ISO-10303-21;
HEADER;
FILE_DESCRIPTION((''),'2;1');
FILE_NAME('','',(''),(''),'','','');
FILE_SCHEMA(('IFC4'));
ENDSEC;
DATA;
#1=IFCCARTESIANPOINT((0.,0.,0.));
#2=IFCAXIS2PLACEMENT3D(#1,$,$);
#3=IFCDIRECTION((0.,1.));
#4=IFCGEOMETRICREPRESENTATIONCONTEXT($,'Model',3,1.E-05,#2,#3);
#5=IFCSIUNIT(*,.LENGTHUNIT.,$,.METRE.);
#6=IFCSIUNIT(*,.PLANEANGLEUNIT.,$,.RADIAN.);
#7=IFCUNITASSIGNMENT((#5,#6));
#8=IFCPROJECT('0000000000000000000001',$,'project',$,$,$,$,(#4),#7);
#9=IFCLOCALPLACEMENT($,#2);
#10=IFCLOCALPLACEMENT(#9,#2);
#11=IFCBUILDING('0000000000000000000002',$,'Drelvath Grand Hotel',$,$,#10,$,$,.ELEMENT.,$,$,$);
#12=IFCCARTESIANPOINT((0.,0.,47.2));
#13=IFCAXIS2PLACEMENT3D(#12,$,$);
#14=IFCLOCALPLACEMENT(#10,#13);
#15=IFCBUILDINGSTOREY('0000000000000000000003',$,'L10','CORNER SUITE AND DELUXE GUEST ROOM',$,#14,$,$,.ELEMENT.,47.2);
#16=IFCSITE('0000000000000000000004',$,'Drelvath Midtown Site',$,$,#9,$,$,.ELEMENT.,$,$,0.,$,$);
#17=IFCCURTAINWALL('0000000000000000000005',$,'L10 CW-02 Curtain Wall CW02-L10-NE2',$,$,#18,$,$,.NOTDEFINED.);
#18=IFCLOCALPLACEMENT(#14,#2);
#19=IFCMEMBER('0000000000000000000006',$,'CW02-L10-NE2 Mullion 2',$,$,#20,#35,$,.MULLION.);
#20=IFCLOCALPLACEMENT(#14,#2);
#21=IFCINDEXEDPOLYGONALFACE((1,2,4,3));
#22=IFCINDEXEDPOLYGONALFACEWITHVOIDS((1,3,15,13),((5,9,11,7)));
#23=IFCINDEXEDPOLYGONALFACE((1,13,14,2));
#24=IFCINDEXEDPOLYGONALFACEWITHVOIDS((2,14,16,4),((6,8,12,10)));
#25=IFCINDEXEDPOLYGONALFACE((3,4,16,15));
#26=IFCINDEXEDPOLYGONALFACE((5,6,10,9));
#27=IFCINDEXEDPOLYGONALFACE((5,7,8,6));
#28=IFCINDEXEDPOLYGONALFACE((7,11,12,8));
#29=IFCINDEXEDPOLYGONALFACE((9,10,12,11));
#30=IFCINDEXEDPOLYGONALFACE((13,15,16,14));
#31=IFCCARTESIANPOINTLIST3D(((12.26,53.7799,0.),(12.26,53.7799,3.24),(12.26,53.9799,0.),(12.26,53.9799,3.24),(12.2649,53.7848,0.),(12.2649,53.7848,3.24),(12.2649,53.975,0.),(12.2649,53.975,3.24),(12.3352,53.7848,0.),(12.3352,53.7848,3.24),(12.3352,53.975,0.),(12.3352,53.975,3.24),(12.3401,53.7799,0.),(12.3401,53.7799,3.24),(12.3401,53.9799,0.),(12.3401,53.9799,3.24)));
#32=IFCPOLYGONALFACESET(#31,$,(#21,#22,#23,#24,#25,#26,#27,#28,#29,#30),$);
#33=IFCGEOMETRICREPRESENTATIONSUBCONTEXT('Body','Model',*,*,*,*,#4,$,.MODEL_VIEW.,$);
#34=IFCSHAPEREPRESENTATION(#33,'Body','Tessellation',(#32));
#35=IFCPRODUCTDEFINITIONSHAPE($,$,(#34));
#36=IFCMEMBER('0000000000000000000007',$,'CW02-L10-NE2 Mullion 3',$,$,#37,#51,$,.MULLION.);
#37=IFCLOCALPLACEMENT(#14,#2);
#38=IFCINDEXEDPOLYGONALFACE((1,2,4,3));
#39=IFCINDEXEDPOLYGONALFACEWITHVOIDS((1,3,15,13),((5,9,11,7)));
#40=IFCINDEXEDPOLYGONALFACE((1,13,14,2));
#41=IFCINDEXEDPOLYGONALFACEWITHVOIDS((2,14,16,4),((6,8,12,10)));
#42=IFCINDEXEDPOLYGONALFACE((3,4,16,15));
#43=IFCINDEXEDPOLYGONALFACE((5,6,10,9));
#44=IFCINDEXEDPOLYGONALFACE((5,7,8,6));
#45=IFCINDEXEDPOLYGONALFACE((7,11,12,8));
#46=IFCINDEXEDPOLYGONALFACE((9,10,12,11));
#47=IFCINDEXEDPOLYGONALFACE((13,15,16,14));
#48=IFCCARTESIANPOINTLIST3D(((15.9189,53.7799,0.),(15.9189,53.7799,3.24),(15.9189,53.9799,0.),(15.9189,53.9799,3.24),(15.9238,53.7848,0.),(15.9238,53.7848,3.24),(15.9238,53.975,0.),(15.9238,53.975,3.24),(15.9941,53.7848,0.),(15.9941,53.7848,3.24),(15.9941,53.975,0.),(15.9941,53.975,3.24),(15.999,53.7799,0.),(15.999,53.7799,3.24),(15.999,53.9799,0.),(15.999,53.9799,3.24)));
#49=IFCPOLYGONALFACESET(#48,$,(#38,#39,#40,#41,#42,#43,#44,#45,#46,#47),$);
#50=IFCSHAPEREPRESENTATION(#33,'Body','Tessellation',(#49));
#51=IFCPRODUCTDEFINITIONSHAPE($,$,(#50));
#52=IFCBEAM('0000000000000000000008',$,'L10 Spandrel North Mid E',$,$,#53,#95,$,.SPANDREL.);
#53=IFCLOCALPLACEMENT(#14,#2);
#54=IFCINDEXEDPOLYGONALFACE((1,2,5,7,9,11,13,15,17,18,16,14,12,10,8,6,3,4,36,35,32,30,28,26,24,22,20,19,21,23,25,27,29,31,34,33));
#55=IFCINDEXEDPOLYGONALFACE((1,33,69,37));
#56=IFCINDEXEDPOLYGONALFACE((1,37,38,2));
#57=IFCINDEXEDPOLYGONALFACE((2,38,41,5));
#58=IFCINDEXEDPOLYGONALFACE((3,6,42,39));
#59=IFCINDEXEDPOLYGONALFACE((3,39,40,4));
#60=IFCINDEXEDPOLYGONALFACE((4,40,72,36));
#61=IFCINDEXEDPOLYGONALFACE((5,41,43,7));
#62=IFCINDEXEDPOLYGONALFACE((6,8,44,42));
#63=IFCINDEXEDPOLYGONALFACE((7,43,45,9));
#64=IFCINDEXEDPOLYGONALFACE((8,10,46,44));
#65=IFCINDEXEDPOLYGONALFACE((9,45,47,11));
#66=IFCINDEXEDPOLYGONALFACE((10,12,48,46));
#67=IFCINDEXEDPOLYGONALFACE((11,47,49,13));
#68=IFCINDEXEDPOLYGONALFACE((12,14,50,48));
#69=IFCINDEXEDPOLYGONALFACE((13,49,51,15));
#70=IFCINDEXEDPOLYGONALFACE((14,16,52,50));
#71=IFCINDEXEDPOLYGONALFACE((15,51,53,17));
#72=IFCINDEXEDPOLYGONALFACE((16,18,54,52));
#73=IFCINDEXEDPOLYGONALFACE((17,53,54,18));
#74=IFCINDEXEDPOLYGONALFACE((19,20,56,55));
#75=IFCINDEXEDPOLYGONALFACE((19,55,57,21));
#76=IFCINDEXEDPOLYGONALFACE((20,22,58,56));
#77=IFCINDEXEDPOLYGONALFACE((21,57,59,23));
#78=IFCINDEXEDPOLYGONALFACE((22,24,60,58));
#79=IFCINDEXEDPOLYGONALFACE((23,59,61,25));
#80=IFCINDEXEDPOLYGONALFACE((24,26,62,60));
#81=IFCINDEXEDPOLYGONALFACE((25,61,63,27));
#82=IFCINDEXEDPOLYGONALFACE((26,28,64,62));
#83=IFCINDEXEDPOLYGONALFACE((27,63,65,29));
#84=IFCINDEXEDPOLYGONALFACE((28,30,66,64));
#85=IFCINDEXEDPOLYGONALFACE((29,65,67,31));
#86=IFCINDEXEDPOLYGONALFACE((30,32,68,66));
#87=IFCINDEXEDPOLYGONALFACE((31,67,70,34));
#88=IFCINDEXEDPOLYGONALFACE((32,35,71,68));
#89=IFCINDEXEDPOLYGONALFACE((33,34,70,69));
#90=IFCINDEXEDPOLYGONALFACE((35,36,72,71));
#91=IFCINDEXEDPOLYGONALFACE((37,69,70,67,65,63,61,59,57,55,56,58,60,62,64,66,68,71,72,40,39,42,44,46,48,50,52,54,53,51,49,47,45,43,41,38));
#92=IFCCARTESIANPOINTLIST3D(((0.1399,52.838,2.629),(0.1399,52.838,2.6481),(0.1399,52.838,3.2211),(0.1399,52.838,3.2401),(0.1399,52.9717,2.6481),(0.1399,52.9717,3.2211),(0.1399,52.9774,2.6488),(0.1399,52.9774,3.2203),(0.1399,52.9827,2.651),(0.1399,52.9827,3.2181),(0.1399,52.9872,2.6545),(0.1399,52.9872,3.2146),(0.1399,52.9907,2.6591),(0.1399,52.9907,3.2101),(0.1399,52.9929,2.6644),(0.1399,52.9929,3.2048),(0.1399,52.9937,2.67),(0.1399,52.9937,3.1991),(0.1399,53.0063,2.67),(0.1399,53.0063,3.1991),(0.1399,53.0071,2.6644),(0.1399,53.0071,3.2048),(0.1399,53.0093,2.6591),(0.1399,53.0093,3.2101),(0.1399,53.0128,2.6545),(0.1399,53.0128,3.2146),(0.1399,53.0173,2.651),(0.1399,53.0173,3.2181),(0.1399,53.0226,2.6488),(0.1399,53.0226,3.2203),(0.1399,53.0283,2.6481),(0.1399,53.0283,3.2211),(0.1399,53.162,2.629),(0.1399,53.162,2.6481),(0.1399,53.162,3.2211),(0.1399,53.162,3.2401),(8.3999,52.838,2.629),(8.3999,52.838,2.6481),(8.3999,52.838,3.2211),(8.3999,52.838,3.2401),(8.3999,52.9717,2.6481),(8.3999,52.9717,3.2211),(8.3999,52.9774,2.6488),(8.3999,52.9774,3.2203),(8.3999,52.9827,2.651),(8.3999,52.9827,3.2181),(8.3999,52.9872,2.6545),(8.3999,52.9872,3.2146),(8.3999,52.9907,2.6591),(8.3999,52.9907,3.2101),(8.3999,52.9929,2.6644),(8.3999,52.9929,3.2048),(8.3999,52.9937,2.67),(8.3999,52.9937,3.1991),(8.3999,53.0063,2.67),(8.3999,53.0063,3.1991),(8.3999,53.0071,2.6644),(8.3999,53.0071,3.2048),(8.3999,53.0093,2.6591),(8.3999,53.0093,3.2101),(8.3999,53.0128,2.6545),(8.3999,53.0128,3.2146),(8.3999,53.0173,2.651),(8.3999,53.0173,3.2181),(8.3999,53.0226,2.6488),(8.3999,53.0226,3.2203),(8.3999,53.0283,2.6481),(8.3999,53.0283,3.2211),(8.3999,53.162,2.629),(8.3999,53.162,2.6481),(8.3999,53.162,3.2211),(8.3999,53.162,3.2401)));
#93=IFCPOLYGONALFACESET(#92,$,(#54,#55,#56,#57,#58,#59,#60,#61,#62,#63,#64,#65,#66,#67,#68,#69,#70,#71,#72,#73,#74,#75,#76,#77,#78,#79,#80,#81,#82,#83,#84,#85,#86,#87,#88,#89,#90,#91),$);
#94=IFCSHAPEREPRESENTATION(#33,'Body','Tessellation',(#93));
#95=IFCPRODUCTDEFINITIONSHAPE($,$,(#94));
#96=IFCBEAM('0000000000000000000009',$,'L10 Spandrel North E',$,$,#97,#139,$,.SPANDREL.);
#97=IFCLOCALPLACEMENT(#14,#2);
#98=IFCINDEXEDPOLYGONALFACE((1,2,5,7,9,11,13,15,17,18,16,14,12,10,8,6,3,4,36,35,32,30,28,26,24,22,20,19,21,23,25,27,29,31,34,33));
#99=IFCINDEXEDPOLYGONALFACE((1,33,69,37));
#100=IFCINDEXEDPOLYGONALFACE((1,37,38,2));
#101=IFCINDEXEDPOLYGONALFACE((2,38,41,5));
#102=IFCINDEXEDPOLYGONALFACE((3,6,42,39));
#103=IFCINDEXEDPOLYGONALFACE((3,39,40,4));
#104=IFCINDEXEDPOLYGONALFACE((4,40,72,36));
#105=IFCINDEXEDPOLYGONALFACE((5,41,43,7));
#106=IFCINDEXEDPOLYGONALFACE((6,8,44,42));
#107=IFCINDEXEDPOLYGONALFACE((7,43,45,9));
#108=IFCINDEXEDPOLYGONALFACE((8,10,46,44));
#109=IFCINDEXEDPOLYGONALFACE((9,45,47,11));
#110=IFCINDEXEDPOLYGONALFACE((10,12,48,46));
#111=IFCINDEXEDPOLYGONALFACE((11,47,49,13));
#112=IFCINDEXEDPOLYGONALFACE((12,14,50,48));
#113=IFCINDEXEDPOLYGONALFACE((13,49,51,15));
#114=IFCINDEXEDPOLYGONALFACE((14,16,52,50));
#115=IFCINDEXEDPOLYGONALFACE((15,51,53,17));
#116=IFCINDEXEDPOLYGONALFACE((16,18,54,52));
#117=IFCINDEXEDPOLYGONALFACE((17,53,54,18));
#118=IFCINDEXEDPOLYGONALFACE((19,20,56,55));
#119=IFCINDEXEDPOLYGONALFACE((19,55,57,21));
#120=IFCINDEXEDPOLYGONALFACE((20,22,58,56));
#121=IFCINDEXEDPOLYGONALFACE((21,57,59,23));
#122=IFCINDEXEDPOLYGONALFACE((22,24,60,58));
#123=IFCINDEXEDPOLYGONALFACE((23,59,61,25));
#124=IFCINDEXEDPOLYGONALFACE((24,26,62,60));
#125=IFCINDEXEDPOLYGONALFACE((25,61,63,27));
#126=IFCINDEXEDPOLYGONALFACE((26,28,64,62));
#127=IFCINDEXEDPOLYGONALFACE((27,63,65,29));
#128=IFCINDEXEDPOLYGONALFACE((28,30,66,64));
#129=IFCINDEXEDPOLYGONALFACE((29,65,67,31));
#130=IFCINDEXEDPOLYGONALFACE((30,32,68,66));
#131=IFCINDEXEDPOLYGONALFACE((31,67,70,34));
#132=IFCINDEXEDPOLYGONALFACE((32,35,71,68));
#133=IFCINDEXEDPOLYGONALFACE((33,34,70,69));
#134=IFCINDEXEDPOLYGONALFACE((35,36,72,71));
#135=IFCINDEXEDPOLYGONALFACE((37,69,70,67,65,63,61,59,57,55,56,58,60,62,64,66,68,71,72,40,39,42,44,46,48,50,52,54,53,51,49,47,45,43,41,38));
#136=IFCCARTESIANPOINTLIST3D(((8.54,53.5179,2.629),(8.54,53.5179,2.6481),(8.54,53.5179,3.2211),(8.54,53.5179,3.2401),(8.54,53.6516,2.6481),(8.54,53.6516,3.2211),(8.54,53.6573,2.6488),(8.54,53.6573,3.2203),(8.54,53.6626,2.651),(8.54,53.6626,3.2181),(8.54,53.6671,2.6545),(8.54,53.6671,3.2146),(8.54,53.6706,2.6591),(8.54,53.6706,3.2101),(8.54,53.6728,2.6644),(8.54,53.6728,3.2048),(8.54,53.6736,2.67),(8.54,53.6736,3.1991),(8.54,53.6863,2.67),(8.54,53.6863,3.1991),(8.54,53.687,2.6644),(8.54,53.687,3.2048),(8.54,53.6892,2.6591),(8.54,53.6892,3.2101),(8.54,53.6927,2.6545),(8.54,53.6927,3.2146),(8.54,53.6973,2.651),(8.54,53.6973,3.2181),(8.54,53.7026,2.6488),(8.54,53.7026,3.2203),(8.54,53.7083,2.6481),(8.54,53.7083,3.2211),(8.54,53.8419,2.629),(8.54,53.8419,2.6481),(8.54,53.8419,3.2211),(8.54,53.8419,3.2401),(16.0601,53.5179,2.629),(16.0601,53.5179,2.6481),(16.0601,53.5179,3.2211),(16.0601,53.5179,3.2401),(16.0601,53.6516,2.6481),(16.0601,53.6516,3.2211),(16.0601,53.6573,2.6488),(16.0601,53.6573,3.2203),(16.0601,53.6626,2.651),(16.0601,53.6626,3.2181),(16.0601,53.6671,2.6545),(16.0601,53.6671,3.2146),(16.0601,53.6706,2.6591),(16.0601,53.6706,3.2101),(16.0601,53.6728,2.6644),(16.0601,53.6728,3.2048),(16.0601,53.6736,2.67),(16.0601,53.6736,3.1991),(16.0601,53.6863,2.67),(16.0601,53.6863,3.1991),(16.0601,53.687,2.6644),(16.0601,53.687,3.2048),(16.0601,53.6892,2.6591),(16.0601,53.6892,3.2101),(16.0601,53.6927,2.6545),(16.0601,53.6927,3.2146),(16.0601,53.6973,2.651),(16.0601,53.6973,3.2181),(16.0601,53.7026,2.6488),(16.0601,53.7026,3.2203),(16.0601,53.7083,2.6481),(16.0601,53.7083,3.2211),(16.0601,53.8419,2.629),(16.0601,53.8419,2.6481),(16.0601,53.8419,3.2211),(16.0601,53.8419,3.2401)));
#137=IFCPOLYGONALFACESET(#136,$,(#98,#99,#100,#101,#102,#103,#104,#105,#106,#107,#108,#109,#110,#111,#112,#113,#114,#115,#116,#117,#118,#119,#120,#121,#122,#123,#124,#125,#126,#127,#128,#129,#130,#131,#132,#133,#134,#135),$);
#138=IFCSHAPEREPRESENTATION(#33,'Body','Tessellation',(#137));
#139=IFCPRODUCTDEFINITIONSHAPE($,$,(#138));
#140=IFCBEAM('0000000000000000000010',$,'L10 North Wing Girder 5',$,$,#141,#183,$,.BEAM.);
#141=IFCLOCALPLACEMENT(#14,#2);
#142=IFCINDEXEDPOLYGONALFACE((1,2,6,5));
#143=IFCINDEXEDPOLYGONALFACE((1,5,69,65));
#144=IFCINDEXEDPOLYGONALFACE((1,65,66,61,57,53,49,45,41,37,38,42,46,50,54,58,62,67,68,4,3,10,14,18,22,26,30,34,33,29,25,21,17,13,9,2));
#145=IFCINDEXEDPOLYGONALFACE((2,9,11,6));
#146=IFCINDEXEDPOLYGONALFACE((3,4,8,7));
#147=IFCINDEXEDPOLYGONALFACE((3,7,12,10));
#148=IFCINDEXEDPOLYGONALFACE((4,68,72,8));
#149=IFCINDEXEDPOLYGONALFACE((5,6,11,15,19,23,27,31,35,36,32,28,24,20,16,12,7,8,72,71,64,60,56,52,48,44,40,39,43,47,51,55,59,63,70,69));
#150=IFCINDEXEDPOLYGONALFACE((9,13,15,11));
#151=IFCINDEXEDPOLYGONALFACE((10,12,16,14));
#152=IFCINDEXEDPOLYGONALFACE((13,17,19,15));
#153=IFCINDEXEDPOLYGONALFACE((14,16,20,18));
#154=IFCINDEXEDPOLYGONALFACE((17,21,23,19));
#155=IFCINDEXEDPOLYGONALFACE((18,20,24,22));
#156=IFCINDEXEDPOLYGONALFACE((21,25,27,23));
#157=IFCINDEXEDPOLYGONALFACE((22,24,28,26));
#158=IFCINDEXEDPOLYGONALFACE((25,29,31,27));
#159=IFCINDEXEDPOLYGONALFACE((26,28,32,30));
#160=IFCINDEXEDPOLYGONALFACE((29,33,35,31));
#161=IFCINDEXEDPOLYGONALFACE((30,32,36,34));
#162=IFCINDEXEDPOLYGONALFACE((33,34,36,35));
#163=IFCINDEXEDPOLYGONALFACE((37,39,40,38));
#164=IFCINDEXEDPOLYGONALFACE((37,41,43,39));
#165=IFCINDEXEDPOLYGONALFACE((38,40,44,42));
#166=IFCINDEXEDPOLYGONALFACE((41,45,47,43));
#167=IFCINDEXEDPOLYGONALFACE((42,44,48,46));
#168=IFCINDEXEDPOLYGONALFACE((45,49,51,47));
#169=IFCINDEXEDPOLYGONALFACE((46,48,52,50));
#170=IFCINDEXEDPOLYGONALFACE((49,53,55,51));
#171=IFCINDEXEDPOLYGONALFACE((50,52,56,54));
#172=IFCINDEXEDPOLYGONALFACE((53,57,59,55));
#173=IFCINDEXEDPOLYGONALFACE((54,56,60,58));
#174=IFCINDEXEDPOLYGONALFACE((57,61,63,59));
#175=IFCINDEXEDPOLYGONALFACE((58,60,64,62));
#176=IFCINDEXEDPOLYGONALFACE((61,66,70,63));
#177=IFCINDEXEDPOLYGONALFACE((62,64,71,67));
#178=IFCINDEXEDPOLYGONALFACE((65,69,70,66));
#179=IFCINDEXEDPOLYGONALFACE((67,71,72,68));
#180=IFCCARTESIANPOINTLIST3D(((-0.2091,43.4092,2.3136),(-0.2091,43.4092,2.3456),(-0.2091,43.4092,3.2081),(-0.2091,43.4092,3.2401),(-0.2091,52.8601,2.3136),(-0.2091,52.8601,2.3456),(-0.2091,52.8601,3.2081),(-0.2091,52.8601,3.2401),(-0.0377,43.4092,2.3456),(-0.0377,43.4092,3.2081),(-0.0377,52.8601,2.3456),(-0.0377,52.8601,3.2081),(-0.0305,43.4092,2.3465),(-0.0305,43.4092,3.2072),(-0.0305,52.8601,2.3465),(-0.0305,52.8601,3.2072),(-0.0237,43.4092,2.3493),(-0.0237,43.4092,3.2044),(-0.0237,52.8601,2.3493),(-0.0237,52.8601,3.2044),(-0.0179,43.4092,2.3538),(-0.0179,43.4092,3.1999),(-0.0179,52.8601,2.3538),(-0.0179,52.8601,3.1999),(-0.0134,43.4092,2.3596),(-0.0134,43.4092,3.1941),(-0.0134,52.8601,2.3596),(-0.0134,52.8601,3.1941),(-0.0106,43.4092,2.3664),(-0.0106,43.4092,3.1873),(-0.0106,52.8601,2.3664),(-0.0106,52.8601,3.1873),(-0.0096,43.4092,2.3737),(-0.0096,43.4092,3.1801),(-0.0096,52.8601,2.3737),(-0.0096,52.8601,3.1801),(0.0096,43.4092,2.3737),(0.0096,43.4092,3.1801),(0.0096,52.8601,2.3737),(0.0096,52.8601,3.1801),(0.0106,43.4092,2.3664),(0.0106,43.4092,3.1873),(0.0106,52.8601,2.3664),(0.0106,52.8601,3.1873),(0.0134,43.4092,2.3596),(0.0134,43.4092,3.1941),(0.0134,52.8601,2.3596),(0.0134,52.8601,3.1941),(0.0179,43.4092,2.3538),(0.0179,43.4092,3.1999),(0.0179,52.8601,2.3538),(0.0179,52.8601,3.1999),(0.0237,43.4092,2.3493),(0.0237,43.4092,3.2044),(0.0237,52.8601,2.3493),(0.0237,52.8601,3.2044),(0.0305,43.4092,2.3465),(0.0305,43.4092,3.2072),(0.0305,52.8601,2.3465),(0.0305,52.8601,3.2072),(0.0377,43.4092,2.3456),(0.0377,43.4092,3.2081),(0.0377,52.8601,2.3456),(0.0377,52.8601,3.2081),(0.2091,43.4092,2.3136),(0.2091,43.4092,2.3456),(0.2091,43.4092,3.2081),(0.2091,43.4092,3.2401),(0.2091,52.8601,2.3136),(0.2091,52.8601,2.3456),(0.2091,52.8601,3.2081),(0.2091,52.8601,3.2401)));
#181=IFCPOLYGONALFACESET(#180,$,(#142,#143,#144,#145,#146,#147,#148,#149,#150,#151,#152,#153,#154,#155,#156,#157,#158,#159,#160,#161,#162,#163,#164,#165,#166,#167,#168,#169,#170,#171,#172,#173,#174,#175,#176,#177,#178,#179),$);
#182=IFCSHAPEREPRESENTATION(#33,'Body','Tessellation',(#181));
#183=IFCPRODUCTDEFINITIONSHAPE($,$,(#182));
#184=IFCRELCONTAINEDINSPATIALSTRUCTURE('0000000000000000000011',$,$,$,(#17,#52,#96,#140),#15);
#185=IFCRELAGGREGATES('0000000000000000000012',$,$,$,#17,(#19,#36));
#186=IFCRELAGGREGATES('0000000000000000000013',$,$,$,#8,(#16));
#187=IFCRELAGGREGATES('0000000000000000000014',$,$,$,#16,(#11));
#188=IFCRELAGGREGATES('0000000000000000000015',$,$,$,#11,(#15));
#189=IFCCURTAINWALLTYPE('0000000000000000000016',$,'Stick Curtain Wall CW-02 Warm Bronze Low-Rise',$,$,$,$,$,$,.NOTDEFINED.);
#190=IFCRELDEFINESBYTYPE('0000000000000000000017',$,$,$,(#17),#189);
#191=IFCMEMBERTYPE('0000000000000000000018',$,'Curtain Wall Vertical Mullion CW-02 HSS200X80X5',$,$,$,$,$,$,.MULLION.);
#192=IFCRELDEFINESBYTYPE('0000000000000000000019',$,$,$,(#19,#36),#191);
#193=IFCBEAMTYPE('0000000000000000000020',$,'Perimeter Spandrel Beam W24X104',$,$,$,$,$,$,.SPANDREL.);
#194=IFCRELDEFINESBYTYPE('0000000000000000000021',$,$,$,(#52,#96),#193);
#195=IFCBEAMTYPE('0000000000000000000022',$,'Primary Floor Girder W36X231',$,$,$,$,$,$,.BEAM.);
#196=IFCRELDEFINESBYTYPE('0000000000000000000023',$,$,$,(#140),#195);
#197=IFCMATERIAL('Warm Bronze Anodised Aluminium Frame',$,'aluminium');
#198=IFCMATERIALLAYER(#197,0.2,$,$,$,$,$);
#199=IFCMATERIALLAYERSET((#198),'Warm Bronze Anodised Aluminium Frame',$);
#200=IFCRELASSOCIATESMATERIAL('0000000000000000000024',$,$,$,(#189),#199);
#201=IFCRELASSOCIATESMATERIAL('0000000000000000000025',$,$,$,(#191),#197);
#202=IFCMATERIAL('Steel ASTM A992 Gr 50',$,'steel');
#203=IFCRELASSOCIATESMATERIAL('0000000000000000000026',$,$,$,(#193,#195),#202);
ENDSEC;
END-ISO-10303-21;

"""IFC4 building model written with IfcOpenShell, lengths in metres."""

from ifc_helpers import new_model, si_unit, direction, frame, origin, origin_2d, place, context, subcontext, project, spatial, hollow_rectangle, i_section, extrude, material, layer, layer_set, material_profile, profile_set, type_object, element, aggregate, save


model = new_model("IFC4")

# Units and contexts
model_context = context("Model", 3, precision=1e-05, world=origin(), true_north=direction((0.0, 1.0)))
body_context = subcontext(model_context, "Body", "Model", "MODEL_VIEW")
ifc_project = project(units=[si_unit("LENGTHUNIT", "METRE"), si_unit("PLANEANGLEUNIT", "RADIAN")], contexts=[model_context])

# Site, building, storey
site_placement = place(None, origin())
site = spatial("IfcSite", under=ifc_project, at=site_placement, Name="Drelvath Midtown Site", CompositionType="ELEMENT", RefElevation=0.0)
building_placement = place(site_placement, origin())
building = spatial("IfcBuilding", under=site, at=building_placement, Name="Drelvath Grand Hotel", CompositionType="ELEMENT")
storey_placement = place(building_placement, frame((0.0, 0.0, 47.2)))
storey = spatial("IfcBuildingStorey", under=building, at=storey_placement, Name="L10", Description="CORNER SUITE AND DELUXE GUEST ROOM", CompositionType="ELEMENT", Elevation=47.2)

# Curtain wall
ifc_material_1 = material(Name="Warm Bronze Anodised Aluminium Frame", Category="aluminium")
ifc_layer_1 = layer(ifc_material_1, 0.2)
ifc_layer_set_1 = layer_set([ifc_layer_1], Name="Warm Bronze Anodised Aluminium Frame")
curtain_wall_type = type_object("IfcCurtainWallType", Name="Stick Curtain Wall CW-02 Warm Bronze Low-Rise", PredefinedType="NOTDEFINED", material=ifc_layer_set_1)
curtain_wall_1_placement = place(storey_placement, origin())
curtain_wall_1 = element("IfcCurtainWall", 1, at=curtain_wall_1_placement, inside=storey, type_object=curtain_wall_type, Name="L10 CW-02 Curtain Wall CW02-L10-NE2", PredefinedType="NOTDEFINED")

# Members
ifc_material_profile_1 = material_profile(ifc_material_1, hollow_rectangle(XDim=0.0801, YDim=0.2, WallThickness=0.0049, at=origin_2d()), Name="HSS200X80X5")
ifc_profile_set_1 = profile_set([ifc_material_profile_1], Name="Warm Bronze Anodised Aluminium Frame")
member_type_1 = type_object("IfcMemberType", Name="Curtain Wall Vertical Mullion CW-02 HSS200X80X5", PredefinedType="MULLION", material=ifc_profile_set_1)
member_1_placement = place(storey_placement, frame((12.3, 53.8799, 0.0), z_axis=(0.0, 0.0, 1.0), x_axis=(1.0, 0.0, 0.0)))
member_1 = element("IfcMember", 2, at=member_1_placement, type_object=member_type_1, Name="CW02-L10-NE2 Mullion 2", PredefinedType="MULLION", context=body_context, shape_type="SweptSolid", body=[
    extrude(hollow_rectangle(XDim=0.0801, YDim=0.2, WallThickness=0.0049, at=origin_2d()), origin(), (0.0, 0.0, 1.0), 3.24),
])
member_2_placement = place(storey_placement, frame((15.959, 53.8799, 0.0), z_axis=(0.0, 0.0, 1.0), x_axis=(1.0, 0.0, 0.0)))
member_2 = element("IfcMember", 3, at=member_2_placement, type_object=member_type_1, Name="CW02-L10-NE2 Mullion 3", PredefinedType="MULLION", context=body_context, shape_type="SweptSolid", body=[
    extrude(hollow_rectangle(XDim=0.0801, YDim=0.2, WallThickness=0.0049, at=origin_2d()), origin(), (0.0, 0.0, 1.0), 3.24),
])

# Beams
ifc_material_2 = material(Name="Steel ASTM A992 Gr 50", Category="steel")
ifc_material_profile_2 = material_profile(ifc_material_2, i_section(OverallWidth=0.324, OverallDepth=0.6111, WebThickness=0.0127, FlangeThickness=0.019, FilletRadius=0.022, at=origin_2d()), Name="W24X104")
ifc_profile_set_2 = profile_set([ifc_material_profile_2], Name="Steel ASTM A992 Gr 50")
beam_type_1 = type_object("IfcBeamType", Name="Perimeter Spandrel Beam W24X104", PredefinedType="SPANDREL", material=ifc_profile_set_2)
beam_1_placement = place(storey_placement, frame((0.1399, 53.0, 2.9346), z_axis=(1.0, 0.0, 0.0), x_axis=(0.0, 1.0, 0.0)))
element("IfcBeam", 4, at=beam_1_placement, inside=storey, type_object=beam_type_1, Name="L10 Spandrel North Mid E", PredefinedType="SPANDREL", context=body_context, shape_type="SweptSolid", body=[
    extrude(i_section(OverallWidth=0.324, OverallDepth=0.6111, WebThickness=0.0127, FlangeThickness=0.019, FilletRadius=0.022, at=origin_2d()), origin(), (0.0, 0.0, 1.0), 8.26),
])
beam_2_placement = place(storey_placement, frame((8.54, 53.6799, 2.9346), z_axis=(1.0, 0.0, 0.0), x_axis=(0.0, 1.0, 0.0)))
element("IfcBeam", 5, at=beam_2_placement, inside=storey, type_object=beam_type_1, Name="L10 Spandrel North E", PredefinedType="SPANDREL", context=body_context, shape_type="SweptSolid", body=[
    extrude(i_section(OverallWidth=0.324, OverallDepth=0.6111, WebThickness=0.0127, FlangeThickness=0.019, FilletRadius=0.022, at=origin_2d()), origin(), (0.0, 0.0, 1.0), 7.52),
])
ifc_material_profile_3 = material_profile(ifc_material_2, i_section(OverallWidth=0.4182, OverallDepth=0.9265, WebThickness=0.0193, FlangeThickness=0.032, FilletRadius=0.0281, at=origin_2d()), Name="W36X231")
ifc_profile_set_3 = profile_set([ifc_material_profile_3], Name="Steel ASTM A992 Gr 50")
beam_type_2 = type_object("IfcBeamType", Name="Primary Floor Girder W36X231", PredefinedType="BEAM", material=ifc_profile_set_3)
beam_3_placement = place(storey_placement, frame((0.0, 43.4092, 2.7769), z_axis=(0.0, 1.0, 0.0), x_axis=(-1.0, 0.0, 0.0)))
element("IfcBeam", 6, at=beam_3_placement, inside=storey, type_object=beam_type_2, Name="L10 North Wing Girder 5", PredefinedType="BEAM", context=body_context, shape_type="SweptSolid", body=[
    extrude(i_section(OverallWidth=0.4182, OverallDepth=0.9265, WebThickness=0.0193, FlangeThickness=0.032, FilletRadius=0.0281, at=origin_2d()), origin(), (0.0, 0.0, 1.0), 9.4509),
])

aggregate(curtain_wall_1, [member_1, member_2])

save(model, "model.ifc")
